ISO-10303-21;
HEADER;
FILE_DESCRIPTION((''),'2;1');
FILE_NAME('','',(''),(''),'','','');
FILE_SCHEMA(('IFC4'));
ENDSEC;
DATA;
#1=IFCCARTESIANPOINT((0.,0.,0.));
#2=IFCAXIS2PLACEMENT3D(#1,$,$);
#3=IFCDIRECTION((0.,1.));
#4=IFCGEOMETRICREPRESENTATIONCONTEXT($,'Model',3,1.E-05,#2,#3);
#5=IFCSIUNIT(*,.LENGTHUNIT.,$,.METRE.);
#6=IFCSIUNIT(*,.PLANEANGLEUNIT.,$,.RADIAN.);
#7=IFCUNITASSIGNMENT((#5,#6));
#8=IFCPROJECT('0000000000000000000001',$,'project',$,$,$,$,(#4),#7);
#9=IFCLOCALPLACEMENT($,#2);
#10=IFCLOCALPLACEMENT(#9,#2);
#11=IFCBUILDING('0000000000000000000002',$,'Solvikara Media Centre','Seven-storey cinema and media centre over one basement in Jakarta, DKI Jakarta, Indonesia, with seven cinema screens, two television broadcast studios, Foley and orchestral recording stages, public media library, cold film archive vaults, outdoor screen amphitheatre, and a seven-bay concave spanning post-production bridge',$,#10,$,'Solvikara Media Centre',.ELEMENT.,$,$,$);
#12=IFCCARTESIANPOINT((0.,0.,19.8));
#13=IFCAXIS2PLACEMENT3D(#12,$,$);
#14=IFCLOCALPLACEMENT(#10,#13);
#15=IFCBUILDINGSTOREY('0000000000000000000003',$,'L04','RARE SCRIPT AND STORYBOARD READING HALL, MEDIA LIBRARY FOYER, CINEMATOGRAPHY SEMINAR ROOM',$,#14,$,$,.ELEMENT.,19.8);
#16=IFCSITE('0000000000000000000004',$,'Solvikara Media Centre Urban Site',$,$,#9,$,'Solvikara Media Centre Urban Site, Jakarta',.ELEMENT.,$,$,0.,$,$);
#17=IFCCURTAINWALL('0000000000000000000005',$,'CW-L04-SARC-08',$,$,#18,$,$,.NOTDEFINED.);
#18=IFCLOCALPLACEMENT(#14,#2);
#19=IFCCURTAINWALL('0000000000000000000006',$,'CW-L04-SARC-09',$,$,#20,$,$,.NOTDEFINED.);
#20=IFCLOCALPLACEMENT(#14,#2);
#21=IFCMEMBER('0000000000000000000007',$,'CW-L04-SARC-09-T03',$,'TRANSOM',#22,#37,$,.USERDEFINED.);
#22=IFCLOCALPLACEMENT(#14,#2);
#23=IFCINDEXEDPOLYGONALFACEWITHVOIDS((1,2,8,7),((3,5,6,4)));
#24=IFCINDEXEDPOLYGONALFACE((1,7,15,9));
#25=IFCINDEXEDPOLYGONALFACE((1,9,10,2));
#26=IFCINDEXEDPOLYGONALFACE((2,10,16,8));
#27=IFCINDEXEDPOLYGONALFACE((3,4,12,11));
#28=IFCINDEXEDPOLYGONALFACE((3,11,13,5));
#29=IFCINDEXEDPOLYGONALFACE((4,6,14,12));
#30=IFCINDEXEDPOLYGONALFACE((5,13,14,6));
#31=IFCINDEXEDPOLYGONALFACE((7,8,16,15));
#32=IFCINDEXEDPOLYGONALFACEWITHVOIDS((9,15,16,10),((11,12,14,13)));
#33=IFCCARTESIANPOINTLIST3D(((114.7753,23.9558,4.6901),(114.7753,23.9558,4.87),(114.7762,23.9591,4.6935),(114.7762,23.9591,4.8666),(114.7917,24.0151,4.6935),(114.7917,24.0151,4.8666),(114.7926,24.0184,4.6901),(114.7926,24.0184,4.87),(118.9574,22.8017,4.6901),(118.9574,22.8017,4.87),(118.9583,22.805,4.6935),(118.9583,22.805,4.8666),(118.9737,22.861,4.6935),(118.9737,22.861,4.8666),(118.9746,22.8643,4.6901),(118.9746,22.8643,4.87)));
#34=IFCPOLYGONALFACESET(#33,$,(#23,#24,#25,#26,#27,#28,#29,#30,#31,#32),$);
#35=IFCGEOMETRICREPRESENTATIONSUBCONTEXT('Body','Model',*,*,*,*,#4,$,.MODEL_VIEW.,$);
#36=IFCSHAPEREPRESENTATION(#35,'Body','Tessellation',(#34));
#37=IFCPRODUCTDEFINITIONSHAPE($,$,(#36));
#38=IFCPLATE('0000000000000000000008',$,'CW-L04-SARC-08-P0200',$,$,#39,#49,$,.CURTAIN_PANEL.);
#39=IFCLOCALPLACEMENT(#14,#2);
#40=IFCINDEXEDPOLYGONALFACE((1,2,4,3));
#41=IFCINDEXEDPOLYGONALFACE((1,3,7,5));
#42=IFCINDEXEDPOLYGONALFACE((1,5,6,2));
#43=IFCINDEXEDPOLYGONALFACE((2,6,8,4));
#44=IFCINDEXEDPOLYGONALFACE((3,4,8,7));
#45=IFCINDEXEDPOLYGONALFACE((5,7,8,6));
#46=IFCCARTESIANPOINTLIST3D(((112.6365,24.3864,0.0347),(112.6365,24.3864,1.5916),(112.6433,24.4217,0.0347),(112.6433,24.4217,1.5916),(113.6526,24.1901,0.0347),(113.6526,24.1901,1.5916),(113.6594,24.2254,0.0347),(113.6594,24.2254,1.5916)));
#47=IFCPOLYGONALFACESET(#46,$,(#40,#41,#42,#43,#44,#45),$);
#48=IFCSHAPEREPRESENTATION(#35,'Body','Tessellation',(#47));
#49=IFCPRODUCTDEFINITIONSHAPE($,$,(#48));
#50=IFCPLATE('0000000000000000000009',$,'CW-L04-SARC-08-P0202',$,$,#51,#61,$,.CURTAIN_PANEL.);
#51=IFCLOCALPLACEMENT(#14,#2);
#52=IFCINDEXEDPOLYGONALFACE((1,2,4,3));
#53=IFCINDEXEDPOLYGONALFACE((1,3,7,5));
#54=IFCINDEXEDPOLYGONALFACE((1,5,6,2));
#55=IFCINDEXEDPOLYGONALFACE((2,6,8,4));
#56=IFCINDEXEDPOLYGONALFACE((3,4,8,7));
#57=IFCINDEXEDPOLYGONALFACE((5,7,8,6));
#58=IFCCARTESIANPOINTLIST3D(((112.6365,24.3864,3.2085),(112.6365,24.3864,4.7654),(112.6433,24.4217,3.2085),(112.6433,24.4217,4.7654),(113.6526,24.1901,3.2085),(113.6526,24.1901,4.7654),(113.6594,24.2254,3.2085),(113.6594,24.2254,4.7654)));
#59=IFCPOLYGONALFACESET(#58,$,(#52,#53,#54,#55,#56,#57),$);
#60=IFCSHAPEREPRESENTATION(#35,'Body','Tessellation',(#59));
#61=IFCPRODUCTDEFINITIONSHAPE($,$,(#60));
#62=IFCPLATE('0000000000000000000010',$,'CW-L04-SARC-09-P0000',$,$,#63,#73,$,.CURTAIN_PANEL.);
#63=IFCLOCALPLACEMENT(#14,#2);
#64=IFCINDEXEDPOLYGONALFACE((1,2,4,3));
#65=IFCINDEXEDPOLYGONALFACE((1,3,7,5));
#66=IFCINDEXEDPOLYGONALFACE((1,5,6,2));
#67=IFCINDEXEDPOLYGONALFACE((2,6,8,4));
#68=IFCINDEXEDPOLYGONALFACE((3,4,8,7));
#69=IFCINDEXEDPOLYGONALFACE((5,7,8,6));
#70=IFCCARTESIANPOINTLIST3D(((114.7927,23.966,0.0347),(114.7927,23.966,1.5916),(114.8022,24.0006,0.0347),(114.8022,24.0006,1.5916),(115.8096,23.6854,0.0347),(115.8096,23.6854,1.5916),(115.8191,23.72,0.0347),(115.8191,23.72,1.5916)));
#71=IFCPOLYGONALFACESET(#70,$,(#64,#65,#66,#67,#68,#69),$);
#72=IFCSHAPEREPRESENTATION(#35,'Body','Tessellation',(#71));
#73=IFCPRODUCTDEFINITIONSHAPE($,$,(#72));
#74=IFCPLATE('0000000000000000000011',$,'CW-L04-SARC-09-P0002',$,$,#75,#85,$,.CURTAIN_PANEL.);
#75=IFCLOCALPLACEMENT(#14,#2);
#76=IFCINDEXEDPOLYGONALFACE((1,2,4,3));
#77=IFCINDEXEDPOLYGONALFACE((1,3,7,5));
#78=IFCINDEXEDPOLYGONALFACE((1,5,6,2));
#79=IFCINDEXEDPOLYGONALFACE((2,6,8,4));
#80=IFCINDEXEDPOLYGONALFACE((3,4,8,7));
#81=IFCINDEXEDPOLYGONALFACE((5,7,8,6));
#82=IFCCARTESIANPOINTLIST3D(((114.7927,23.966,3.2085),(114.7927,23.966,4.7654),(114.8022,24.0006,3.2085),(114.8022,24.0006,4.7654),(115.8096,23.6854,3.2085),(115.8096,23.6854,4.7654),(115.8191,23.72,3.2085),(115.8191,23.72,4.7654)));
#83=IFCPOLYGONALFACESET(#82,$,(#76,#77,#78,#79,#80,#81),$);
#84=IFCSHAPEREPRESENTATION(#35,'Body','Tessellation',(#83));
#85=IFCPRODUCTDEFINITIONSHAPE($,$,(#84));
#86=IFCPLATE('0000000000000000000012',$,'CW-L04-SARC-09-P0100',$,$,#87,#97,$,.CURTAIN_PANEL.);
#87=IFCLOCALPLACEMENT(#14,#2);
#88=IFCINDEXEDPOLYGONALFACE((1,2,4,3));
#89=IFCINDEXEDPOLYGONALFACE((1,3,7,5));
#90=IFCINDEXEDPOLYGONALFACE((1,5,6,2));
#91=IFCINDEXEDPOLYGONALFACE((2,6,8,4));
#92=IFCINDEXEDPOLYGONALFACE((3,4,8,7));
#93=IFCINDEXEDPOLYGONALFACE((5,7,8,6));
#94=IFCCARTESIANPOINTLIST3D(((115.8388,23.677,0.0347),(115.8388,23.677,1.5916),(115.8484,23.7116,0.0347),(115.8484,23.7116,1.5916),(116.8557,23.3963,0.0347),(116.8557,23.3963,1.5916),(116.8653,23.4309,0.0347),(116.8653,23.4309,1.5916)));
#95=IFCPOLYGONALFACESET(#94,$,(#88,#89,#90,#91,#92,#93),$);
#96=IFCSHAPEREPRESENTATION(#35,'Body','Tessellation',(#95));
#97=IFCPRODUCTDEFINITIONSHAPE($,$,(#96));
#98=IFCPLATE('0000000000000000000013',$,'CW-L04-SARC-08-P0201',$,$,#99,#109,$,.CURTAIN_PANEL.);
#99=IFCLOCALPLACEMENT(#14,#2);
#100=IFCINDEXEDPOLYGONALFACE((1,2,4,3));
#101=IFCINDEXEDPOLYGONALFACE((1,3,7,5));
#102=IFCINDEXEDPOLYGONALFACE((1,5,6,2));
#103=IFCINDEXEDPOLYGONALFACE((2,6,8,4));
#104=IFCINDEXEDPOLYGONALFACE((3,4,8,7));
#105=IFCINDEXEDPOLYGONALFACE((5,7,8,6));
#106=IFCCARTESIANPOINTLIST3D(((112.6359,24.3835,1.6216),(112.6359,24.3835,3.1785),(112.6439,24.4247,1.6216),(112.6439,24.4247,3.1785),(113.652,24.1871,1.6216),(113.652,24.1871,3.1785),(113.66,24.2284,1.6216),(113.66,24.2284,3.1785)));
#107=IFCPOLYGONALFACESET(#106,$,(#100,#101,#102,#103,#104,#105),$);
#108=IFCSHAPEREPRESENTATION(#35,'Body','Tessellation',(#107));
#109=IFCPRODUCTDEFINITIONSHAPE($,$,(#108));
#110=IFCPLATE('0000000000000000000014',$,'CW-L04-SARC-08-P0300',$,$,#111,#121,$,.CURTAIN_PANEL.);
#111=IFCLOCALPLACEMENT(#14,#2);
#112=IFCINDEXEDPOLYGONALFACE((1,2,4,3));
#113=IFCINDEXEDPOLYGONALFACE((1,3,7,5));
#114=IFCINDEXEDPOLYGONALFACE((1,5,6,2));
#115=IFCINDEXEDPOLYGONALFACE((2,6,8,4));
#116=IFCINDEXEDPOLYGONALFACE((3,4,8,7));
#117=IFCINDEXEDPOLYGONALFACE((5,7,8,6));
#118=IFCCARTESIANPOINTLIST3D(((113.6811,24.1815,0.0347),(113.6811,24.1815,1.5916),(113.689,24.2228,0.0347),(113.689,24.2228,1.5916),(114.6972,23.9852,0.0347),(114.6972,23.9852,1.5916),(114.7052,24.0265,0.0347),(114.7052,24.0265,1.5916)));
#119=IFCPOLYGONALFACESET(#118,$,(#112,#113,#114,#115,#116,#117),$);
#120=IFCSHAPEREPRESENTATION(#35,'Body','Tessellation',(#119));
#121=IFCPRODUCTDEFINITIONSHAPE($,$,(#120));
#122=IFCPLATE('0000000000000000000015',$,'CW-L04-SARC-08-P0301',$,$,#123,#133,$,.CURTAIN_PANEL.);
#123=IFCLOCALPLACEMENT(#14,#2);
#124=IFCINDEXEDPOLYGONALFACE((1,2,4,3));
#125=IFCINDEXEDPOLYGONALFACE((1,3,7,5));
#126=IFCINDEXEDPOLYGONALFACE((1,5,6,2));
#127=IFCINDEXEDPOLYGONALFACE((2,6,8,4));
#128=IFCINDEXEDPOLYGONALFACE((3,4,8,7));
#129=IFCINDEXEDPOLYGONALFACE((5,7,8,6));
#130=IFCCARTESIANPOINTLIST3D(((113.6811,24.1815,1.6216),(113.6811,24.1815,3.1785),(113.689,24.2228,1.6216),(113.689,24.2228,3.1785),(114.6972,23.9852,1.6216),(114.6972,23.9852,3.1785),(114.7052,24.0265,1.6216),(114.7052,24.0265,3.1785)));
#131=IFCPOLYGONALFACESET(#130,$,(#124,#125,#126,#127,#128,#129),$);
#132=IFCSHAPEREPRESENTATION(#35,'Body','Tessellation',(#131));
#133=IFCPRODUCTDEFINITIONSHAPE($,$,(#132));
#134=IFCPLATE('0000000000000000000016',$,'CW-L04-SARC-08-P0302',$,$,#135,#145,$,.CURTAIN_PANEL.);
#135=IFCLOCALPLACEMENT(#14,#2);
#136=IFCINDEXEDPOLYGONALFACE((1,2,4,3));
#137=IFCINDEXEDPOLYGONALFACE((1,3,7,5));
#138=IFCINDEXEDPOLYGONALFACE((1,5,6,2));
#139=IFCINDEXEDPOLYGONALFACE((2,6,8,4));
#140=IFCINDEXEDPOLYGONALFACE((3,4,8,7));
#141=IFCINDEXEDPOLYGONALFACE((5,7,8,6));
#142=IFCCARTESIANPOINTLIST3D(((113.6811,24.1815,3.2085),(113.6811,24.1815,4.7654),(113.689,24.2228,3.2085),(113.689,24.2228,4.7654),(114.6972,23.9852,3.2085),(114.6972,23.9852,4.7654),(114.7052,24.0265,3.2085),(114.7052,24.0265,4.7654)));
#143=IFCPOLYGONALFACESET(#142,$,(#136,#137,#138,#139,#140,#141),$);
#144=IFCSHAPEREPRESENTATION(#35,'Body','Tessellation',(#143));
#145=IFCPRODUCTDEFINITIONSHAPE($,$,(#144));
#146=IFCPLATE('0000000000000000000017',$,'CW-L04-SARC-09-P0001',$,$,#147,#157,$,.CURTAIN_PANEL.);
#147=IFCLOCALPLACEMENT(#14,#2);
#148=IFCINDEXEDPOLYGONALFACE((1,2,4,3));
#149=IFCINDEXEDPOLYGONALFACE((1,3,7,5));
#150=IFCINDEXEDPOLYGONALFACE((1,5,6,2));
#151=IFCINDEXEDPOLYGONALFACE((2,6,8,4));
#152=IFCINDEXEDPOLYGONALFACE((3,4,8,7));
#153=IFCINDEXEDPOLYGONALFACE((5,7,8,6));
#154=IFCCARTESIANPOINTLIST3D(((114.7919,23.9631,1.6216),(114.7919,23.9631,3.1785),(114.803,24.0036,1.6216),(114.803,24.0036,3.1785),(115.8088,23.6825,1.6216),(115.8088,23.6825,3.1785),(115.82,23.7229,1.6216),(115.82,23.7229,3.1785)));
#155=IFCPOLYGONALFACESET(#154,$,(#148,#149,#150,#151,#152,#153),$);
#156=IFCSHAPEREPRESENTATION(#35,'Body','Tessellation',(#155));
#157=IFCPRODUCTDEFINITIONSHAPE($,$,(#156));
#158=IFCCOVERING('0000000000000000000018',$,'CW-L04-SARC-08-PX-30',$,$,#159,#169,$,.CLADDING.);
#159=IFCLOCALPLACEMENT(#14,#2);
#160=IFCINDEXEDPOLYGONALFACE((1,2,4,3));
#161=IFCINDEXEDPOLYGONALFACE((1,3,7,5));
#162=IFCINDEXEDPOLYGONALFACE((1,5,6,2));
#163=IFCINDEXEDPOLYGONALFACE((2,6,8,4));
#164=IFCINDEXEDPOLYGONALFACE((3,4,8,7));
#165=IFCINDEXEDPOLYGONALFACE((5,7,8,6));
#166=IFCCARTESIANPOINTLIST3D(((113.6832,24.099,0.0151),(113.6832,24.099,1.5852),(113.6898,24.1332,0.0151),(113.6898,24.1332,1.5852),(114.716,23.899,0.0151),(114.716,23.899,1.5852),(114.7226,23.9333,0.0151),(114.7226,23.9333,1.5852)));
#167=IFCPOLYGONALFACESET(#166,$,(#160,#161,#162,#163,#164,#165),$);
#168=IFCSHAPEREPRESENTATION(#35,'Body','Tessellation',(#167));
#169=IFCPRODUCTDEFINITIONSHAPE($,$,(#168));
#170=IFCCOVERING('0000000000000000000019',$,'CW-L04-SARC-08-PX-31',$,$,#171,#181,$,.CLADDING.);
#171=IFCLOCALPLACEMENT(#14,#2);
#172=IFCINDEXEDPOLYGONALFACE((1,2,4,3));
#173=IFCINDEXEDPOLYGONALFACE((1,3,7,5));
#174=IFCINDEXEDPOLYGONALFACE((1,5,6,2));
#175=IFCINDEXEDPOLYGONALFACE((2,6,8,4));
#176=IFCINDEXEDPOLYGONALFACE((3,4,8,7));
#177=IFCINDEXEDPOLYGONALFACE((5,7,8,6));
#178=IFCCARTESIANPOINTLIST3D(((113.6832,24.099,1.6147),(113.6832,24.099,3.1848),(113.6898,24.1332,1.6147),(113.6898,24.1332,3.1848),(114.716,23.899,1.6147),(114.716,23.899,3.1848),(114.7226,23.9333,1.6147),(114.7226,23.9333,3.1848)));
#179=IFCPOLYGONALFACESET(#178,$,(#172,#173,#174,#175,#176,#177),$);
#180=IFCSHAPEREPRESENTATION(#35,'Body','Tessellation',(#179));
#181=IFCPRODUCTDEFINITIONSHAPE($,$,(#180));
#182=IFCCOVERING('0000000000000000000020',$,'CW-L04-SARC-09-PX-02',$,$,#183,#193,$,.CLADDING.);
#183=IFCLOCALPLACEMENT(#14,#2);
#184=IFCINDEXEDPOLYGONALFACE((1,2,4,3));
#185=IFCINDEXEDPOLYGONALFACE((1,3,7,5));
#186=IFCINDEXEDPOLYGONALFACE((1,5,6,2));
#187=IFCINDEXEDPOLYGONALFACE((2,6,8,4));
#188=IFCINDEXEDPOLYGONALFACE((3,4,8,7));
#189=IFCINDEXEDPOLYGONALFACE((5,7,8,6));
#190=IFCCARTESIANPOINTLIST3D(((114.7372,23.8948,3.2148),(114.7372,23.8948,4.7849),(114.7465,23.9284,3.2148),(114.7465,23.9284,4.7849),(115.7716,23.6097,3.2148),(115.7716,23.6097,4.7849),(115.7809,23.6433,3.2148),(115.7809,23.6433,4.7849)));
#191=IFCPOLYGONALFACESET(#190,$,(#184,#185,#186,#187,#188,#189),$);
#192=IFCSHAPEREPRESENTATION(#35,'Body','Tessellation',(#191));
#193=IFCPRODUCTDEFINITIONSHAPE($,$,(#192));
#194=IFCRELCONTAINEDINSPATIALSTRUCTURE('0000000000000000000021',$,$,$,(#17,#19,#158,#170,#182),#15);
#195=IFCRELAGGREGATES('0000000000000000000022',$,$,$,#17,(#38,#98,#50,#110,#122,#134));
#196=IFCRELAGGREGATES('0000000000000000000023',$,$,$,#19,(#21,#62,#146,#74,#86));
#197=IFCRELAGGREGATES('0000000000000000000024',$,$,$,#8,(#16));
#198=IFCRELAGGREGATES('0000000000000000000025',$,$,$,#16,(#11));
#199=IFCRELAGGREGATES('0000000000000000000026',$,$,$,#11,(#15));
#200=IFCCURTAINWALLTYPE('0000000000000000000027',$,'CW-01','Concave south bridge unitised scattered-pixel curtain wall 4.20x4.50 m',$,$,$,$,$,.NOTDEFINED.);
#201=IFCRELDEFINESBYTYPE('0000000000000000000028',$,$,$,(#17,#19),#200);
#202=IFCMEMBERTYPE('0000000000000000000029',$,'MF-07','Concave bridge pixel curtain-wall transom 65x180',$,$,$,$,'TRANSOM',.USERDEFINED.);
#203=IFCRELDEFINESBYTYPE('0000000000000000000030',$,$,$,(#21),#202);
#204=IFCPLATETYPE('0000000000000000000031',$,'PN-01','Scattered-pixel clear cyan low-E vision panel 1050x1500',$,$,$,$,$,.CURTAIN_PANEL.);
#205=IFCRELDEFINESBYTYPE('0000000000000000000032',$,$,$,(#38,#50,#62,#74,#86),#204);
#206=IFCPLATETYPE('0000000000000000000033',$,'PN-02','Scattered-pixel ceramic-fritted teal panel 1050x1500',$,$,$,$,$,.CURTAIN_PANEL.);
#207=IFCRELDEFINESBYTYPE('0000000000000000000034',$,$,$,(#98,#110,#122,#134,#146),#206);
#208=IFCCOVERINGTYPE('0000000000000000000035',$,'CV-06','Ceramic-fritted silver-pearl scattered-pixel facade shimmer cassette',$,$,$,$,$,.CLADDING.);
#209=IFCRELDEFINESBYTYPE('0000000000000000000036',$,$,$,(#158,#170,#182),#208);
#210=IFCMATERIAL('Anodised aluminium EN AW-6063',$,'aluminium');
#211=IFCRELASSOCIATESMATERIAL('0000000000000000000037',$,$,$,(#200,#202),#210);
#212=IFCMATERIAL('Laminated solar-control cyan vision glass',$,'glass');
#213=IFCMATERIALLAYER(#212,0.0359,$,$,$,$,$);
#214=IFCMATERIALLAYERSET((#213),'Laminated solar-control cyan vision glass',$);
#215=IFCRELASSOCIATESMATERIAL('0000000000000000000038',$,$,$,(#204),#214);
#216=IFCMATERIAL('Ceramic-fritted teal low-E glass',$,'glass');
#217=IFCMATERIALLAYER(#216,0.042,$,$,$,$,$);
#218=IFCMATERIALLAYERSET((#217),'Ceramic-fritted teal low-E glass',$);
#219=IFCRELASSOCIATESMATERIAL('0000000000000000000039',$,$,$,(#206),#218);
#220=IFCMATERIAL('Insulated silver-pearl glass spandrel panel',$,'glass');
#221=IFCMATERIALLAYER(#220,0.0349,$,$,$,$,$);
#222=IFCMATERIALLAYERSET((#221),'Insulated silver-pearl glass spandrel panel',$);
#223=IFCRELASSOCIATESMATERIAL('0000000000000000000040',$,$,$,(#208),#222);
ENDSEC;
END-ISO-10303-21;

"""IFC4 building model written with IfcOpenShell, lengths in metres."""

from ifc_helpers import new_model, si_unit, direction, frame, origin, origin_2d, place, context, subcontext, project, spatial, rectangle, hollow_rectangle, extrude, material, layer, layer_set, material_profile, profile_set, type_object, element, aggregate, save


model = new_model("IFC4")

# Units and contexts
model_context = context("Model", 3, precision=1e-05, world=origin(), true_north=direction((0.0, 1.0)))
body_context = subcontext(model_context, "Body", "Model", "MODEL_VIEW")
ifc_project = project(units=[si_unit("LENGTHUNIT", "METRE"), si_unit("PLANEANGLEUNIT", "RADIAN")], contexts=[model_context])

# Site, building, storey
site_placement = place(None, origin())
site = spatial("IfcSite", under=ifc_project, at=site_placement, Name="Solvikara Media Centre Urban Site", LongName="Solvikara Media Centre Urban Site, Jakarta", CompositionType="ELEMENT", RefElevation=0.0)
building_placement = place(site_placement, origin())
building = spatial("IfcBuilding", under=site, at=building_placement, Name="Solvikara Media Centre", Description="Seven-storey cinema and media centre over one basement in Jakarta, DKI Jakarta, Indonesia, with seven cinema screens, two television broadcast studios, Foley and orchestral recording stages, public media library, cold film archive vaults, outdoor screen amphitheatre, and a seven-bay concave spanning post-production bridge", LongName="Solvikara Media Centre", CompositionType="ELEMENT")
storey_placement = place(building_placement, frame((0.0, 0.0, 19.8)))
storey = spatial("IfcBuildingStorey", under=building, at=storey_placement, Name="L04", Description="RARE SCRIPT AND STORYBOARD READING HALL, MEDIA LIBRARY FOYER, CINEMATOGRAPHY SEMINAR ROOM", CompositionType="ELEMENT", Elevation=19.8)

# Curtain walls, member
ifc_material_1 = material(Name="Anodised aluminium EN AW-6063", Category="aluminium")
curtain_wall_type = type_object("IfcCurtainWallType", Name="CW-01", Description="Concave south bridge unitised scattered-pixel curtain wall 4.20x4.50 m", PredefinedType="NOTDEFINED", material=ifc_material_1)
curtain_wall_1_placement = place(storey_placement, origin())
curtain_wall_1 = element("IfcCurtainWall", 1, at=curtain_wall_1_placement, inside=storey, type_object=curtain_wall_type, Name="CW-L04-SARC-08", PredefinedType="NOTDEFINED")
curtain_wall_2_placement = place(storey_placement, origin())
curtain_wall_2 = element("IfcCurtainWall", 2, at=curtain_wall_2_placement, inside=storey, type_object=curtain_wall_type, Name="CW-L04-SARC-09", PredefinedType="NOTDEFINED")
ifc_material_profile_1 = material_profile(ifc_material_1, hollow_rectangle(XDim=0.0649, YDim=0.1799, WallThickness=0.0034, at=origin_2d()), Name="ALU-T 65x180x3.5")
ifc_profile_set_1 = profile_set([ifc_material_profile_1], Name="Anodised aluminium EN AW-6063")
member_type_1 = type_object("IfcMemberType", Name="MF-07", Description="Concave bridge pixel curtain-wall transom 65x180", ElementType="TRANSOM", PredefinedType="USERDEFINED", material=ifc_profile_set_1)
member_1_placement = place(storey_placement, frame((114.7839, 23.9871, 4.78), z_axis=(0.963971, -0.266007, 0.0), x_axis=(0.266007, 0.963971, 0.0)))
member_1 = element("IfcMember", 3, at=member_1_placement, type_object=member_type_1, Name="CW-L04-SARC-09-T03", ObjectType="TRANSOM", PredefinedType="USERDEFINED", context=body_context, shape_type="SweptSolid", body=[
    extrude(hollow_rectangle(XDim=0.0649, YDim=0.1799, WallThickness=0.0034, at=origin_2d()), origin(), (0.0, 0.0, 1.0), 4.3384),
])

# Plates
ifc_material_2 = material(Name="Laminated solar-control cyan vision glass", Category="glass")
ifc_layer_1 = layer(ifc_material_2, 0.0359)
ifc_layer_set_1 = layer_set([ifc_layer_1], Name="Laminated solar-control cyan vision glass")
plate_type_1 = type_object("IfcPlateType", Name="PN-01", Description="Scattered-pixel clear cyan low-E vision panel 1050x1500", PredefinedType="CURTAIN_PANEL", material=ifc_layer_set_1)
plate_1_placement = place(storey_placement, frame((113.1479, 24.3059, 0.0347), z_axis=(0.0, 0.0, 1.0), x_axis=(0.981843, -0.189695, 0.0)))
plate_1 = element("IfcPlate", 4, at=plate_1_placement, type_object=plate_type_1, Name="CW-L04-SARC-08-P0200", PredefinedType="CURTAIN_PANEL", context=body_context, shape_type="SweptSolid", body=[
    extrude(rectangle(XDim=1.0349, YDim=0.0359, at=origin_2d()), origin(), (0.0, 0.0, 1.0), 1.5569),
])
plate_2_placement = place(storey_placement, frame((113.1479, 24.3059, 3.2085), z_axis=(0.0, 0.0, 1.0), x_axis=(0.981843, -0.189695, 0.0)))
plate_2 = element("IfcPlate", 5, at=plate_2_placement, type_object=plate_type_1, Name="CW-L04-SARC-08-P0202", PredefinedType="CURTAIN_PANEL", context=body_context, shape_type="SweptSolid", body=[
    extrude(rectangle(XDim=1.0349, YDim=0.0359, at=origin_2d()), origin(), (0.0, 0.0, 1.0), 1.5569),
])
plate_3_placement = place(storey_placement, frame((115.3059, 23.843, 0.0347), z_axis=(0.0, 0.0, 1.0), x_axis=(0.96397, -0.26601, 0.0)))
plate_3 = element("IfcPlate", 6, at=plate_3_placement, type_object=plate_type_1, Name="CW-L04-SARC-09-P0000", PredefinedType="CURTAIN_PANEL", context=body_context, shape_type="SweptSolid", body=[
    extrude(rectangle(XDim=1.0549, YDim=0.0359, at=origin_2d()), origin(), (0.0, 0.0, 1.0), 1.5569),
])
plate_4_placement = place(storey_placement, frame((115.3059, 23.843, 3.2085), z_axis=(0.0, 0.0, 1.0), x_axis=(0.96397, -0.26601, 0.0)))
plate_4 = element("IfcPlate", 7, at=plate_4_placement, type_object=plate_type_1, Name="CW-L04-SARC-09-P0002", PredefinedType="CURTAIN_PANEL", context=body_context, shape_type="SweptSolid", body=[
    extrude(rectangle(XDim=1.0549, YDim=0.0359, at=origin_2d()), origin(), (0.0, 0.0, 1.0), 1.5569),
])
plate_5_placement = place(storey_placement, frame((116.3521, 23.554, 0.0347), z_axis=(0.0, 0.0, 1.0), x_axis=(0.96397, -0.26601, 0.0)))
plate_5 = element("IfcPlate", 8, at=plate_5_placement, type_object=plate_type_1, Name="CW-L04-SARC-09-P0100", PredefinedType="CURTAIN_PANEL", context=body_context, shape_type="SweptSolid", body=[
    extrude(rectangle(XDim=1.0549, YDim=0.0359, at=origin_2d()), origin(), (0.0, 0.0, 1.0), 1.5569),
])
ifc_material_3 = material(Name="Ceramic-fritted teal low-E glass", Category="glass")
ifc_layer_2 = layer(ifc_material_3, 0.042)
ifc_layer_set_2 = layer_set([ifc_layer_2], Name="Ceramic-fritted teal low-E glass")
plate_type_2 = type_object("IfcPlateType", Name="PN-02", Description="Scattered-pixel ceramic-fritted teal panel 1050x1500", PredefinedType="CURTAIN_PANEL", material=ifc_layer_set_2)
plate_6_placement = place(storey_placement, frame((113.1479, 24.3059, 1.6216), z_axis=(0.0, 0.0, 1.0), x_axis=(0.981843, -0.189695, 0.0)))
plate_6 = element("IfcPlate", 9, at=plate_6_placement, type_object=plate_type_2, Name="CW-L04-SARC-08-P0201", PredefinedType="CURTAIN_PANEL", context=body_context, shape_type="SweptSolid", body=[
    extrude(rectangle(XDim=1.0349, YDim=0.042, at=origin_2d()), origin(), (0.0, 0.0, 1.0), 1.5569),
])
plate_7_placement = place(storey_placement, frame((114.1931, 24.104, 0.0347), z_axis=(0.0, 0.0, 1.0), x_axis=(0.981843, -0.189695, 0.0)))
plate_7 = element("IfcPlate", 10, at=plate_7_placement, type_object=plate_type_2, Name="CW-L04-SARC-08-P0300", PredefinedType="CURTAIN_PANEL", context=body_context, shape_type="SweptSolid", body=[
    extrude(rectangle(XDim=1.0349, YDim=0.042, at=origin_2d()), origin(), (0.0, 0.0, 1.0), 1.5569),
])
plate_8_placement = place(storey_placement, frame((114.1931, 24.104, 1.6216), z_axis=(0.0, 0.0, 1.0), x_axis=(0.981843, -0.189695, 0.0)))
plate_8 = element("IfcPlate", 11, at=plate_8_placement, type_object=plate_type_2, Name="CW-L04-SARC-08-P0301", PredefinedType="CURTAIN_PANEL", context=body_context, shape_type="SweptSolid", body=[
    extrude(rectangle(XDim=1.0349, YDim=0.042, at=origin_2d()), origin(), (0.0, 0.0, 1.0), 1.5569),
])
plate_9_placement = place(storey_placement, frame((114.1931, 24.104, 3.2085), z_axis=(0.0, 0.0, 1.0), x_axis=(0.981843, -0.189695, 0.0)))
plate_9 = element("IfcPlate", 12, at=plate_9_placement, type_object=plate_type_2, Name="CW-L04-SARC-08-P0302", PredefinedType="CURTAIN_PANEL", context=body_context, shape_type="SweptSolid", body=[
    extrude(rectangle(XDim=1.0349, YDim=0.042, at=origin_2d()), origin(), (0.0, 0.0, 1.0), 1.5569),
])
aggregate(curtain_wall_1, [plate_1, plate_6, plate_2, plate_7, plate_8, plate_9])
plate_10_placement = place(storey_placement, frame((115.3059, 23.843, 1.6216), z_axis=(0.0, 0.0, 1.0), x_axis=(0.96397, -0.26601, 0.0)))
plate_10 = element("IfcPlate", 13, at=plate_10_placement, type_object=plate_type_2, Name="CW-L04-SARC-09-P0001", PredefinedType="CURTAIN_PANEL", context=body_context, shape_type="SweptSolid", body=[
    extrude(rectangle(XDim=1.0549, YDim=0.042, at=origin_2d()), origin(), (0.0, 0.0, 1.0), 1.5569),
])
aggregate(curtain_wall_2, [member_1, plate_3, plate_10, plate_4, plate_5])

# Coverings
ifc_material_4 = material(Name="Insulated silver-pearl glass spandrel panel", Category="glass")
ifc_layer_3 = layer(ifc_material_4, 0.0349)
ifc_layer_set_3 = layer_set([ifc_layer_3], Name="Insulated silver-pearl glass spandrel panel")
covering_type = type_object("IfcCoveringType", Name="CV-06", Description="Ceramic-fritted silver-pearl scattered-pixel facade shimmer cassette", PredefinedType="CLADDING", material=ifc_layer_set_3)
for number, where, z_axis, x_axis, name in (
    (14, (114.2029, 24.0161, 0.0151), (0.0, 0.0, 1.0), (0.981767, -0.190089, 0.0), "CW-L04-SARC-08-PX-30"),
    (15, (114.2029, 24.0161, 1.6147), (0.0, 0.0, 1.0), (0.981767, -0.190089, 0.0), "CW-L04-SARC-08-PX-31"),
):
    element("IfcCovering", number, at=place(storey_placement, frame(where, z_axis=z_axis, x_axis=x_axis)), inside=storey, type_object=covering_type, Name=name, PredefinedType="CLADDING", context=body_context, shape_type="SweptSolid", body=[
        extrude(rectangle(XDim=1.052, YDim=0.0349, at=origin_2d()), origin(), (0.0, 0.0, 1.0), 1.5701),
    ])
covering_placement = place(storey_placement, frame((115.259, 23.769, 3.2148), z_axis=(0.0, 0.0, 1.0), x_axis=(0.964049, -0.265724, 0.0)))
element("IfcCovering", 16, at=covering_placement, inside=storey, type_object=covering_type, Name="CW-L04-SARC-09-PX-02", PredefinedType="CLADDING", context=body_context, shape_type="SweptSolid", body=[
    extrude(rectangle(XDim=1.073, YDim=0.0349, at=origin_2d()), origin(), (0.0, 0.0, 1.0), 1.5701),
])

save(model, "model.ifc")
